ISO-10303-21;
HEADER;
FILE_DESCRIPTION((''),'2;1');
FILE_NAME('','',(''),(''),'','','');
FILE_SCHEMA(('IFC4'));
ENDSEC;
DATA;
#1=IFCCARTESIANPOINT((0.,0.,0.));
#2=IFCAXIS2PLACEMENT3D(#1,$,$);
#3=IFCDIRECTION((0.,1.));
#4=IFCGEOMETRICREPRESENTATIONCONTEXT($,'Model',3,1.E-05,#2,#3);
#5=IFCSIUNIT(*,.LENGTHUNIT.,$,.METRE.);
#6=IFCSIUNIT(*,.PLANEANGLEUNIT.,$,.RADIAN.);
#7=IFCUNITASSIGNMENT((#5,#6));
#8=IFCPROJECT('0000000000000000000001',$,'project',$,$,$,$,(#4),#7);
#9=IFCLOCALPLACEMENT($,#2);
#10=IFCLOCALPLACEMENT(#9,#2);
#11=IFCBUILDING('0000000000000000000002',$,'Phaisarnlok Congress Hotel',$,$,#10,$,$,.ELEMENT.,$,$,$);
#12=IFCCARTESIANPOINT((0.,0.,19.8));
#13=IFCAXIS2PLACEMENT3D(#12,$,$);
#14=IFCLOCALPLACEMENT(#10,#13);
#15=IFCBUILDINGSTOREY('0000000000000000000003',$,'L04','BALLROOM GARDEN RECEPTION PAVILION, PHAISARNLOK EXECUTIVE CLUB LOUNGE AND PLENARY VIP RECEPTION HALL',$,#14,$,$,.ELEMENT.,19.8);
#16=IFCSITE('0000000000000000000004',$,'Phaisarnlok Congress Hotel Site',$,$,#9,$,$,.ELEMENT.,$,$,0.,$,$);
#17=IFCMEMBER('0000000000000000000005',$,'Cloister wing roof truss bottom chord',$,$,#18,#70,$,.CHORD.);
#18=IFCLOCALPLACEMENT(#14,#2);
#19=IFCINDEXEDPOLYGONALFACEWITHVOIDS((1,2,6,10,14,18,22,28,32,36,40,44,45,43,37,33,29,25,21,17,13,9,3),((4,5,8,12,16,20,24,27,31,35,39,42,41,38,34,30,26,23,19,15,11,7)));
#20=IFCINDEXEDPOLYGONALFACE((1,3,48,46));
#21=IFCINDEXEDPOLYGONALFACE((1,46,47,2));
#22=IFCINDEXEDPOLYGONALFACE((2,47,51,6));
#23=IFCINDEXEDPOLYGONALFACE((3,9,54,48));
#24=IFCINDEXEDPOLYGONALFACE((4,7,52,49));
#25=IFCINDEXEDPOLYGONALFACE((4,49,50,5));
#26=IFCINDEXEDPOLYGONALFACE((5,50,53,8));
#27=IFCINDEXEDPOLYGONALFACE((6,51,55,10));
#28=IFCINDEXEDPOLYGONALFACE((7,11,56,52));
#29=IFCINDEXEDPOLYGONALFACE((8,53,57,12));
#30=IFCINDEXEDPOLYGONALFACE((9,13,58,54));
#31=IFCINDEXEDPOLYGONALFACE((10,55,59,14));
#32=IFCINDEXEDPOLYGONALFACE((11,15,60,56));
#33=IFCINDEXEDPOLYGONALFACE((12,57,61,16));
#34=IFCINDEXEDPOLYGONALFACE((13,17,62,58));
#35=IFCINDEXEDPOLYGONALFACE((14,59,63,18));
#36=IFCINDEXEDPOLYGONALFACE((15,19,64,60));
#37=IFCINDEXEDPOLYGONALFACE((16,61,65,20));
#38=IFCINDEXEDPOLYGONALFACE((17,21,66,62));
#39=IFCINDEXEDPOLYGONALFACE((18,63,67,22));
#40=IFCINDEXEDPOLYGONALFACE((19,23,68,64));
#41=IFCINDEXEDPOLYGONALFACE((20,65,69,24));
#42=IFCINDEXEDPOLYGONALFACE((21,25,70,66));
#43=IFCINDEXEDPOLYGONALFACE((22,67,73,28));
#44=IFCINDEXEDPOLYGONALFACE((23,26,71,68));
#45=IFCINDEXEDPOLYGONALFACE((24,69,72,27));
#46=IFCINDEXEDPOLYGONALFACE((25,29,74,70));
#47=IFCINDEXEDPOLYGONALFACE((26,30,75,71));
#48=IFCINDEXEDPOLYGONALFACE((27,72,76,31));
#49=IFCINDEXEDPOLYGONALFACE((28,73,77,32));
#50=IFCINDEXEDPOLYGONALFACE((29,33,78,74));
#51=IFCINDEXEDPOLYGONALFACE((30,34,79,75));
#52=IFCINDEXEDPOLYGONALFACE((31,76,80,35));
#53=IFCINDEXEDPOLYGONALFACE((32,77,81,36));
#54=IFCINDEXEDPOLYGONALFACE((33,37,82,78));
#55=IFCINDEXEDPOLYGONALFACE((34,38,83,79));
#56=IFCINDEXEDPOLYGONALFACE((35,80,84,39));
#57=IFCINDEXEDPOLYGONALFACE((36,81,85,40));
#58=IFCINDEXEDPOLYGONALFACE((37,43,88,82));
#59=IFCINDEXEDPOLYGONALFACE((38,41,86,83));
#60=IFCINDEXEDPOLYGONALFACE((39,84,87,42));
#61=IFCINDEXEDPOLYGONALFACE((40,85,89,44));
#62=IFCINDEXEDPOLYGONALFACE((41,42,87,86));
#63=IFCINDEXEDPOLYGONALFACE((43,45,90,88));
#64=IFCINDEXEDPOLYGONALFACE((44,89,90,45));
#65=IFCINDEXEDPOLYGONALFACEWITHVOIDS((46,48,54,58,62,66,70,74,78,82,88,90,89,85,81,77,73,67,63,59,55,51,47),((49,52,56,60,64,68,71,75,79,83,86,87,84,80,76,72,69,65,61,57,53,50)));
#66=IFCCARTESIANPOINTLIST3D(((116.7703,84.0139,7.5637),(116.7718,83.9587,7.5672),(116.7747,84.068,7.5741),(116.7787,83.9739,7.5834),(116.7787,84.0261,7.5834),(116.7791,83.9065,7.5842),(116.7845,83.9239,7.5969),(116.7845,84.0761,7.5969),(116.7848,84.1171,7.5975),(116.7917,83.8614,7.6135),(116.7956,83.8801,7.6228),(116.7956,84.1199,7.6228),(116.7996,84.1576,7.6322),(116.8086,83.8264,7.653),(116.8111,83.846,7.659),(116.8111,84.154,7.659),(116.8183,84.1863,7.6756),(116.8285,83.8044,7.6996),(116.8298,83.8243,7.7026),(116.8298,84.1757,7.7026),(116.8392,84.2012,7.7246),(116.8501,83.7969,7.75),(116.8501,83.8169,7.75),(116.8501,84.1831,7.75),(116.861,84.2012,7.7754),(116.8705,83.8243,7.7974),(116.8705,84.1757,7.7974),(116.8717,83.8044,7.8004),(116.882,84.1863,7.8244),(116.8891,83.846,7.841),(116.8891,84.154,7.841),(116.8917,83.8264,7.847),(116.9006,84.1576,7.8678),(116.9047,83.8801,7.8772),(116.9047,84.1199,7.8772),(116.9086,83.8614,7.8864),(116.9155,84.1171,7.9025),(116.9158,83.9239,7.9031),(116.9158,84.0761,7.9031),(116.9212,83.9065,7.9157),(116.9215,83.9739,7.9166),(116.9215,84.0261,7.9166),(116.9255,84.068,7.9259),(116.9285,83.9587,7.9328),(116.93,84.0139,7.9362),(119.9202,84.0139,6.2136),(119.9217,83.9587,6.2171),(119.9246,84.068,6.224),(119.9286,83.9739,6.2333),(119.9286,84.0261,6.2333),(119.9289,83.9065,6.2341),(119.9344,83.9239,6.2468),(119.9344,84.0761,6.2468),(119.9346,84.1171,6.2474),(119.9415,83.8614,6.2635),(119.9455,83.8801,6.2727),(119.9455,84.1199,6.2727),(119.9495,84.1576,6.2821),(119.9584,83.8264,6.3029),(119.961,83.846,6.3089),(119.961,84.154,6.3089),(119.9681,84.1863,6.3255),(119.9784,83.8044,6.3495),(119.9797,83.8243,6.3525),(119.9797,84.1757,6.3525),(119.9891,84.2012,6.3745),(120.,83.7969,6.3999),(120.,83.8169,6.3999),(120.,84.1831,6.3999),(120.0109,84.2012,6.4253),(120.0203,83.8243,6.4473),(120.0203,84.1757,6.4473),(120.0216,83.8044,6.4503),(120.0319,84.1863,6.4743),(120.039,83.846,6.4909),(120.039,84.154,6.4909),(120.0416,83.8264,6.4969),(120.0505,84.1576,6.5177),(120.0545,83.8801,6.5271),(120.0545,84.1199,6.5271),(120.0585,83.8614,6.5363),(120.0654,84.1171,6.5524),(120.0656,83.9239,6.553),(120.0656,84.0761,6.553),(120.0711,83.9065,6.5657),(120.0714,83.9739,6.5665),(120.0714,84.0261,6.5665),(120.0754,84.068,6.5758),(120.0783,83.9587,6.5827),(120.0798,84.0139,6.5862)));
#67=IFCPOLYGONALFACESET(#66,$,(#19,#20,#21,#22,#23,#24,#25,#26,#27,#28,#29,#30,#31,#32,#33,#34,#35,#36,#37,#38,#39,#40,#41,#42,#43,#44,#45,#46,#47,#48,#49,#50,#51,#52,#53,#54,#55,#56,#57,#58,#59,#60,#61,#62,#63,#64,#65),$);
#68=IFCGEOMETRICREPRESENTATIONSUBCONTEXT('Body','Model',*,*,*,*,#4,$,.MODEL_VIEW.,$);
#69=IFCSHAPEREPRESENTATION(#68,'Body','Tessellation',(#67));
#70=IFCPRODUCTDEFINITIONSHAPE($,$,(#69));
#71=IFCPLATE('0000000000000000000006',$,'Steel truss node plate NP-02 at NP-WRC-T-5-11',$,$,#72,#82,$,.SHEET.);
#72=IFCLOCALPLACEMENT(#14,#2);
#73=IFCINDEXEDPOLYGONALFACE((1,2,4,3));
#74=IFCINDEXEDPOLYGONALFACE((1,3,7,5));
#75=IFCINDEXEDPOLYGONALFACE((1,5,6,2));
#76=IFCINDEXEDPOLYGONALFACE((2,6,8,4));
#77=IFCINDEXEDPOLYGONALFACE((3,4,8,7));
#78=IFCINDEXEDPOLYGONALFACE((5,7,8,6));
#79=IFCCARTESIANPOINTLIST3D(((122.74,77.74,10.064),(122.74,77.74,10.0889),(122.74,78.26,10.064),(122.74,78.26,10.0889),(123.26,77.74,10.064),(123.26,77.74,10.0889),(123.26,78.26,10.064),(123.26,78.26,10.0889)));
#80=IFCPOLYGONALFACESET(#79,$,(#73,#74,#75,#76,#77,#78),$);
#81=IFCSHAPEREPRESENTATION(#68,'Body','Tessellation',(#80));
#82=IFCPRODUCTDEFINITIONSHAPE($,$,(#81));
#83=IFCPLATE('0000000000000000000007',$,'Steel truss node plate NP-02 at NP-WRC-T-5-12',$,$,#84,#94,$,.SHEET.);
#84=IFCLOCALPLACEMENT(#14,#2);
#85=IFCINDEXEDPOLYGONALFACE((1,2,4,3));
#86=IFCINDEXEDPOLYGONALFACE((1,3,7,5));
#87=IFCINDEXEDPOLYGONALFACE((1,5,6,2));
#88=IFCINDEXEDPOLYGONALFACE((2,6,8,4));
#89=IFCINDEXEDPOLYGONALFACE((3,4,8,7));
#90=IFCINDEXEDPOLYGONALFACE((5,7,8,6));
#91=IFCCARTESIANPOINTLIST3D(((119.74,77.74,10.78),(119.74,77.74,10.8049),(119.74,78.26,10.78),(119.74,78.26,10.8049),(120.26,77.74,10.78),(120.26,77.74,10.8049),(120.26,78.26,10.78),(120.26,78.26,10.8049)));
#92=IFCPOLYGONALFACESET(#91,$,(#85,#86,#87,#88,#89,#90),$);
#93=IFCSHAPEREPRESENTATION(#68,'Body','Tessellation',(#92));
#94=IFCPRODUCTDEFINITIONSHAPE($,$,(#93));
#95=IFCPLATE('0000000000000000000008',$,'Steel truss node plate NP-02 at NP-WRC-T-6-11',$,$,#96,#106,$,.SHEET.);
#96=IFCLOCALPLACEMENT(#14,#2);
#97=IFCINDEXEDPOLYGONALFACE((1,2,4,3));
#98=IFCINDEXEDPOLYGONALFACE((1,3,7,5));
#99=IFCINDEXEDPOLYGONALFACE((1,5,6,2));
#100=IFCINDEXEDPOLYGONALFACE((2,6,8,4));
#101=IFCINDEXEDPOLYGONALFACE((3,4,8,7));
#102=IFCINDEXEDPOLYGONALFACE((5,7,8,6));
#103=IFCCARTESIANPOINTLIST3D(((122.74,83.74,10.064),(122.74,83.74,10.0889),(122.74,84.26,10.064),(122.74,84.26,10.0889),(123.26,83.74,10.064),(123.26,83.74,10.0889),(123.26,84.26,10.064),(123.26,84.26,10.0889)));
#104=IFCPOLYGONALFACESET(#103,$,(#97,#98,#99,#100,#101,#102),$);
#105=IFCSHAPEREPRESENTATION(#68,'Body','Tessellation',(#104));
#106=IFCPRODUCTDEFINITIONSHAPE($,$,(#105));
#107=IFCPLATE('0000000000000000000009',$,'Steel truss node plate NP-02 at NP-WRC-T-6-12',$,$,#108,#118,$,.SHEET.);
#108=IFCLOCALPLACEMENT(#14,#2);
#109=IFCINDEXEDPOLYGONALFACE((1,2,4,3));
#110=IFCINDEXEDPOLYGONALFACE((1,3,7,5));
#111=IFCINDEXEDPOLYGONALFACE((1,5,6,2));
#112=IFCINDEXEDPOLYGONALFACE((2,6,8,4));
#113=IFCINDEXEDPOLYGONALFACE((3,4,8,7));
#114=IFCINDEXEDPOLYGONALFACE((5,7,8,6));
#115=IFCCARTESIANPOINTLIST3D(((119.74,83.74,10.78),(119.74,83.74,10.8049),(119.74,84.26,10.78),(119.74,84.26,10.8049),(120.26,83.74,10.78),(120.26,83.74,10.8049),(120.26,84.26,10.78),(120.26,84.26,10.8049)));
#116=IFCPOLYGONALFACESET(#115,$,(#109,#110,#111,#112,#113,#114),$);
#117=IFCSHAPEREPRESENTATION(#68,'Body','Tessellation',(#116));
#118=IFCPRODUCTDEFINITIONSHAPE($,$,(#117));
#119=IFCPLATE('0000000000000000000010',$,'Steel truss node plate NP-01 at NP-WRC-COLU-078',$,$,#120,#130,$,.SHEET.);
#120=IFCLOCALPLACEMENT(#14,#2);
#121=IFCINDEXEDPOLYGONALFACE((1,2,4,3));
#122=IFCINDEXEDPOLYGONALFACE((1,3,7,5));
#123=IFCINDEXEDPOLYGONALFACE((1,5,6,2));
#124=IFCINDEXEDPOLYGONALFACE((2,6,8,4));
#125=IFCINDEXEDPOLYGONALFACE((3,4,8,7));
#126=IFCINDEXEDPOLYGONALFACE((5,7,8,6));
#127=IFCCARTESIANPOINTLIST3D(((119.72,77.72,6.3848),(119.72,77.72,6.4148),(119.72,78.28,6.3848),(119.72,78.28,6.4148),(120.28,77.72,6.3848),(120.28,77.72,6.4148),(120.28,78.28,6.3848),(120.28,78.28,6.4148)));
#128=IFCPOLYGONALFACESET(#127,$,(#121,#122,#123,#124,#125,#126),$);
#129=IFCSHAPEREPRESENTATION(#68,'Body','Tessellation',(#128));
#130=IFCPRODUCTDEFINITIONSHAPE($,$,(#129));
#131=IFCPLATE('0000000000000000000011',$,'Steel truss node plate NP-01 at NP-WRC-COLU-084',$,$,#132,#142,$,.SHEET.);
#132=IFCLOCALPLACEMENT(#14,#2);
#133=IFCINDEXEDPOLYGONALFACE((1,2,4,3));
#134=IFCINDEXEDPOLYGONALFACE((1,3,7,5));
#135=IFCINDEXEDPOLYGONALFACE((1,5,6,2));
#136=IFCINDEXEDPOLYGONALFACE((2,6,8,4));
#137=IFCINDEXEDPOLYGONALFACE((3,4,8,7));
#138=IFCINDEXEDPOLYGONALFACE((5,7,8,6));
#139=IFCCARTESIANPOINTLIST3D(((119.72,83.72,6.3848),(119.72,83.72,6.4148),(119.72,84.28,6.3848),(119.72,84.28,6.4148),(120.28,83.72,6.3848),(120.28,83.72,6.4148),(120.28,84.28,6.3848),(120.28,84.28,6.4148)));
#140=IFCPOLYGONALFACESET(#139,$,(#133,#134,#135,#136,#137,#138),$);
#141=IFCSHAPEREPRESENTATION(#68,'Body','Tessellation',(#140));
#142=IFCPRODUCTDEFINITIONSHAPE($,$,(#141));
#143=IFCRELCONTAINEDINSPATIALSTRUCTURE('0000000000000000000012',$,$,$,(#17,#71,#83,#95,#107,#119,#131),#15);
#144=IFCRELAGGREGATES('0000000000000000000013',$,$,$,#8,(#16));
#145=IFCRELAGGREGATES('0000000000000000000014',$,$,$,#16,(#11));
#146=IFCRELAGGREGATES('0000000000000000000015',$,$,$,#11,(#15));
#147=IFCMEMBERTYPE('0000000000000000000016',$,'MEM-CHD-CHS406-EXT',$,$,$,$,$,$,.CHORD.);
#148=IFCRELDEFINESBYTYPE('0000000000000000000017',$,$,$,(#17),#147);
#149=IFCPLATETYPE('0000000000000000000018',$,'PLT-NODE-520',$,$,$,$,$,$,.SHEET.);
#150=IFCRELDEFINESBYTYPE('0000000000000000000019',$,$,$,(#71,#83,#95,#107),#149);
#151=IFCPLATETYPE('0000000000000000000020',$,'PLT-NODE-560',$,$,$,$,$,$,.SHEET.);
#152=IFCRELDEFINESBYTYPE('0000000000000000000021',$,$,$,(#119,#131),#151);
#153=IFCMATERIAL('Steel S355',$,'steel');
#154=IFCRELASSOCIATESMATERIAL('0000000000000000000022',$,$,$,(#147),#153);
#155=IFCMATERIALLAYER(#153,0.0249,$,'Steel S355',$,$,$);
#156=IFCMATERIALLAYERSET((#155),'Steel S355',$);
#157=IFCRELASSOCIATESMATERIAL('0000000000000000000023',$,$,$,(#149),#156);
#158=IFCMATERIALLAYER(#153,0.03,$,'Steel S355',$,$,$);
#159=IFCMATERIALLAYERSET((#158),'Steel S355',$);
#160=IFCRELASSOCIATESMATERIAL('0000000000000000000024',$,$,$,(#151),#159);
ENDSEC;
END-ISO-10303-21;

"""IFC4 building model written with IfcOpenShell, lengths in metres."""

from ifc_helpers import new_model, si_unit, direction, frame, origin, origin_2d, place, context, subcontext, project, spatial, rectangle, hollow_circle, extrude, material, layer, layer_set, material_profile, profile_set, type_object, element, save


model = new_model("IFC4")

# Units and contexts
model_context = context("Model", 3, precision=1e-05, world=origin(), true_north=direction((0.0, 1.0)))
body_context = subcontext(model_context, "Body", "Model", "MODEL_VIEW")
ifc_project = project(units=[si_unit("LENGTHUNIT", "METRE"), si_unit("PLANEANGLEUNIT", "RADIAN")], contexts=[model_context])

# Site, building, storey
site_placement = place(None, origin())
site = spatial("IfcSite", under=ifc_project, at=site_placement, Name="Phaisarnlok Congress Hotel Site", CompositionType="ELEMENT", RefElevation=0.0)
building_placement = place(site_placement, origin())
building = spatial("IfcBuilding", under=site, at=building_placement, Name="Phaisarnlok Congress Hotel", CompositionType="ELEMENT")
storey_placement = place(building_placement, frame((0.0, 0.0, 19.8)))
storey = spatial("IfcBuildingStorey", under=building, at=storey_placement, Name="L04", Description="BALLROOM GARDEN RECEPTION PAVILION, PHAISARNLOK EXECUTIVE CLUB LOUNGE AND PLENARY VIP RECEPTION HALL", CompositionType="ELEMENT", Elevation=19.8)

# Shared definitions
ifc_material_1 = material(Name="Steel S355", Category="steel")

# Member
ifc_material_profile_1 = material_profile(ifc_material_1, hollow_circle(Radius=0.2031, WallThickness=0.02, at=origin_2d()), Name="CHS 406.4x20")
ifc_profile_set_1 = profile_set([ifc_material_profile_1], Name="Steel S355")
member_type_1 = type_object("IfcMemberType", Name="MEM-CHD-CHS406-EXT", PredefinedType="CHORD", material=ifc_profile_set_1)
for number, where, z_axis, x_axis, name in (
    (1, (120.0, 84.0, 6.3999), (-0.91913, 0.0, 0.393954), (0.0, -1.0, 0.0), "Cloister wing roof truss bottom chord"),
):
    element("IfcMember", number, at=place(storey_placement, frame(where, z_axis=z_axis, x_axis=x_axis)), inside=storey, type_object=member_type_1, Name=name, PredefinedType="CHORD", context=body_context, shape_type="SweptSolid", body=[
        extrude(hollow_circle(Radius=0.2031, WallThickness=0.02, at=origin_2d()), origin(), (0.0, 0.0, 1.0), 3.427),
    ])

# Plates
ifc_layer_1 = layer(ifc_material_1, 0.0249, Name="Steel S355")
ifc_layer_set_1 = layer_set([ifc_layer_1], Name="Steel S355")
plate_type_1 = type_object("IfcPlateType", Name="PLT-NODE-520", PredefinedType="SHEET", material=ifc_layer_set_1)
for number, where, z_axis, x_axis, name in (
    (2, (123.0, 78.0, 10.064), (0.0, 0.0, 1.0), (1.0, 0.0, 0.0), "Steel truss node plate NP-02 at NP-WRC-T-5-11"),
    (3, (120.0, 78.0, 10.78), (0.0, 0.0, 1.0), (1.0, 0.0, 0.0), "Steel truss node plate NP-02 at NP-WRC-T-5-12"),
    (4, (123.0, 84.0, 10.064), (0.0, 0.0, 1.0), (1.0, 0.0, 0.0), "Steel truss node plate NP-02 at NP-WRC-T-6-11"),
    (5, (120.0, 84.0, 10.78), (0.0, 0.0, 1.0), (1.0, 0.0, 0.0), "Steel truss node plate NP-02 at NP-WRC-T-6-12"),
):
    element("IfcPlate", number, at=place(storey_placement, frame(where, z_axis=z_axis, x_axis=x_axis)), inside=storey, type_object=plate_type_1, Name=name, PredefinedType="SHEET", context=body_context, shape_type="SweptSolid", body=[
        extrude(rectangle(XDim=0.52, YDim=0.52, at=origin_2d()), origin(), (0.0, 0.0, 1.0), 0.0249),
    ])
ifc_layer_2 = layer(ifc_material_1, 0.03, Name="Steel S355")
ifc_layer_set_2 = layer_set([ifc_layer_2], Name="Steel S355")
plate_type_2 = type_object("IfcPlateType", Name="PLT-NODE-560", PredefinedType="SHEET", material=ifc_layer_set_2)
for number, where, z_axis, x_axis, name in (
    (6, (120.0, 78.0, 6.3848), (0.0, 0.0, 1.0), (1.0, 0.0, 0.0), "Steel truss node plate NP-01 at NP-WRC-COLU-078"),
    (7, (120.0, 84.0, 6.3848), (0.0, 0.0, 1.0), (1.0, 0.0, 0.0), "Steel truss node plate NP-01 at NP-WRC-COLU-084"),
):
    element("IfcPlate", number, at=place(storey_placement, frame(where, z_axis=z_axis, x_axis=x_axis)), inside=storey, type_object=plate_type_2, Name=name, PredefinedType="SHEET", context=body_context, shape_type="SweptSolid", body=[
        extrude(rectangle(XDim=0.5601, YDim=0.5601, at=origin_2d()), origin(), (0.0, 0.0, 1.0), 0.03),
    ])

save(model, "model.ifc")
